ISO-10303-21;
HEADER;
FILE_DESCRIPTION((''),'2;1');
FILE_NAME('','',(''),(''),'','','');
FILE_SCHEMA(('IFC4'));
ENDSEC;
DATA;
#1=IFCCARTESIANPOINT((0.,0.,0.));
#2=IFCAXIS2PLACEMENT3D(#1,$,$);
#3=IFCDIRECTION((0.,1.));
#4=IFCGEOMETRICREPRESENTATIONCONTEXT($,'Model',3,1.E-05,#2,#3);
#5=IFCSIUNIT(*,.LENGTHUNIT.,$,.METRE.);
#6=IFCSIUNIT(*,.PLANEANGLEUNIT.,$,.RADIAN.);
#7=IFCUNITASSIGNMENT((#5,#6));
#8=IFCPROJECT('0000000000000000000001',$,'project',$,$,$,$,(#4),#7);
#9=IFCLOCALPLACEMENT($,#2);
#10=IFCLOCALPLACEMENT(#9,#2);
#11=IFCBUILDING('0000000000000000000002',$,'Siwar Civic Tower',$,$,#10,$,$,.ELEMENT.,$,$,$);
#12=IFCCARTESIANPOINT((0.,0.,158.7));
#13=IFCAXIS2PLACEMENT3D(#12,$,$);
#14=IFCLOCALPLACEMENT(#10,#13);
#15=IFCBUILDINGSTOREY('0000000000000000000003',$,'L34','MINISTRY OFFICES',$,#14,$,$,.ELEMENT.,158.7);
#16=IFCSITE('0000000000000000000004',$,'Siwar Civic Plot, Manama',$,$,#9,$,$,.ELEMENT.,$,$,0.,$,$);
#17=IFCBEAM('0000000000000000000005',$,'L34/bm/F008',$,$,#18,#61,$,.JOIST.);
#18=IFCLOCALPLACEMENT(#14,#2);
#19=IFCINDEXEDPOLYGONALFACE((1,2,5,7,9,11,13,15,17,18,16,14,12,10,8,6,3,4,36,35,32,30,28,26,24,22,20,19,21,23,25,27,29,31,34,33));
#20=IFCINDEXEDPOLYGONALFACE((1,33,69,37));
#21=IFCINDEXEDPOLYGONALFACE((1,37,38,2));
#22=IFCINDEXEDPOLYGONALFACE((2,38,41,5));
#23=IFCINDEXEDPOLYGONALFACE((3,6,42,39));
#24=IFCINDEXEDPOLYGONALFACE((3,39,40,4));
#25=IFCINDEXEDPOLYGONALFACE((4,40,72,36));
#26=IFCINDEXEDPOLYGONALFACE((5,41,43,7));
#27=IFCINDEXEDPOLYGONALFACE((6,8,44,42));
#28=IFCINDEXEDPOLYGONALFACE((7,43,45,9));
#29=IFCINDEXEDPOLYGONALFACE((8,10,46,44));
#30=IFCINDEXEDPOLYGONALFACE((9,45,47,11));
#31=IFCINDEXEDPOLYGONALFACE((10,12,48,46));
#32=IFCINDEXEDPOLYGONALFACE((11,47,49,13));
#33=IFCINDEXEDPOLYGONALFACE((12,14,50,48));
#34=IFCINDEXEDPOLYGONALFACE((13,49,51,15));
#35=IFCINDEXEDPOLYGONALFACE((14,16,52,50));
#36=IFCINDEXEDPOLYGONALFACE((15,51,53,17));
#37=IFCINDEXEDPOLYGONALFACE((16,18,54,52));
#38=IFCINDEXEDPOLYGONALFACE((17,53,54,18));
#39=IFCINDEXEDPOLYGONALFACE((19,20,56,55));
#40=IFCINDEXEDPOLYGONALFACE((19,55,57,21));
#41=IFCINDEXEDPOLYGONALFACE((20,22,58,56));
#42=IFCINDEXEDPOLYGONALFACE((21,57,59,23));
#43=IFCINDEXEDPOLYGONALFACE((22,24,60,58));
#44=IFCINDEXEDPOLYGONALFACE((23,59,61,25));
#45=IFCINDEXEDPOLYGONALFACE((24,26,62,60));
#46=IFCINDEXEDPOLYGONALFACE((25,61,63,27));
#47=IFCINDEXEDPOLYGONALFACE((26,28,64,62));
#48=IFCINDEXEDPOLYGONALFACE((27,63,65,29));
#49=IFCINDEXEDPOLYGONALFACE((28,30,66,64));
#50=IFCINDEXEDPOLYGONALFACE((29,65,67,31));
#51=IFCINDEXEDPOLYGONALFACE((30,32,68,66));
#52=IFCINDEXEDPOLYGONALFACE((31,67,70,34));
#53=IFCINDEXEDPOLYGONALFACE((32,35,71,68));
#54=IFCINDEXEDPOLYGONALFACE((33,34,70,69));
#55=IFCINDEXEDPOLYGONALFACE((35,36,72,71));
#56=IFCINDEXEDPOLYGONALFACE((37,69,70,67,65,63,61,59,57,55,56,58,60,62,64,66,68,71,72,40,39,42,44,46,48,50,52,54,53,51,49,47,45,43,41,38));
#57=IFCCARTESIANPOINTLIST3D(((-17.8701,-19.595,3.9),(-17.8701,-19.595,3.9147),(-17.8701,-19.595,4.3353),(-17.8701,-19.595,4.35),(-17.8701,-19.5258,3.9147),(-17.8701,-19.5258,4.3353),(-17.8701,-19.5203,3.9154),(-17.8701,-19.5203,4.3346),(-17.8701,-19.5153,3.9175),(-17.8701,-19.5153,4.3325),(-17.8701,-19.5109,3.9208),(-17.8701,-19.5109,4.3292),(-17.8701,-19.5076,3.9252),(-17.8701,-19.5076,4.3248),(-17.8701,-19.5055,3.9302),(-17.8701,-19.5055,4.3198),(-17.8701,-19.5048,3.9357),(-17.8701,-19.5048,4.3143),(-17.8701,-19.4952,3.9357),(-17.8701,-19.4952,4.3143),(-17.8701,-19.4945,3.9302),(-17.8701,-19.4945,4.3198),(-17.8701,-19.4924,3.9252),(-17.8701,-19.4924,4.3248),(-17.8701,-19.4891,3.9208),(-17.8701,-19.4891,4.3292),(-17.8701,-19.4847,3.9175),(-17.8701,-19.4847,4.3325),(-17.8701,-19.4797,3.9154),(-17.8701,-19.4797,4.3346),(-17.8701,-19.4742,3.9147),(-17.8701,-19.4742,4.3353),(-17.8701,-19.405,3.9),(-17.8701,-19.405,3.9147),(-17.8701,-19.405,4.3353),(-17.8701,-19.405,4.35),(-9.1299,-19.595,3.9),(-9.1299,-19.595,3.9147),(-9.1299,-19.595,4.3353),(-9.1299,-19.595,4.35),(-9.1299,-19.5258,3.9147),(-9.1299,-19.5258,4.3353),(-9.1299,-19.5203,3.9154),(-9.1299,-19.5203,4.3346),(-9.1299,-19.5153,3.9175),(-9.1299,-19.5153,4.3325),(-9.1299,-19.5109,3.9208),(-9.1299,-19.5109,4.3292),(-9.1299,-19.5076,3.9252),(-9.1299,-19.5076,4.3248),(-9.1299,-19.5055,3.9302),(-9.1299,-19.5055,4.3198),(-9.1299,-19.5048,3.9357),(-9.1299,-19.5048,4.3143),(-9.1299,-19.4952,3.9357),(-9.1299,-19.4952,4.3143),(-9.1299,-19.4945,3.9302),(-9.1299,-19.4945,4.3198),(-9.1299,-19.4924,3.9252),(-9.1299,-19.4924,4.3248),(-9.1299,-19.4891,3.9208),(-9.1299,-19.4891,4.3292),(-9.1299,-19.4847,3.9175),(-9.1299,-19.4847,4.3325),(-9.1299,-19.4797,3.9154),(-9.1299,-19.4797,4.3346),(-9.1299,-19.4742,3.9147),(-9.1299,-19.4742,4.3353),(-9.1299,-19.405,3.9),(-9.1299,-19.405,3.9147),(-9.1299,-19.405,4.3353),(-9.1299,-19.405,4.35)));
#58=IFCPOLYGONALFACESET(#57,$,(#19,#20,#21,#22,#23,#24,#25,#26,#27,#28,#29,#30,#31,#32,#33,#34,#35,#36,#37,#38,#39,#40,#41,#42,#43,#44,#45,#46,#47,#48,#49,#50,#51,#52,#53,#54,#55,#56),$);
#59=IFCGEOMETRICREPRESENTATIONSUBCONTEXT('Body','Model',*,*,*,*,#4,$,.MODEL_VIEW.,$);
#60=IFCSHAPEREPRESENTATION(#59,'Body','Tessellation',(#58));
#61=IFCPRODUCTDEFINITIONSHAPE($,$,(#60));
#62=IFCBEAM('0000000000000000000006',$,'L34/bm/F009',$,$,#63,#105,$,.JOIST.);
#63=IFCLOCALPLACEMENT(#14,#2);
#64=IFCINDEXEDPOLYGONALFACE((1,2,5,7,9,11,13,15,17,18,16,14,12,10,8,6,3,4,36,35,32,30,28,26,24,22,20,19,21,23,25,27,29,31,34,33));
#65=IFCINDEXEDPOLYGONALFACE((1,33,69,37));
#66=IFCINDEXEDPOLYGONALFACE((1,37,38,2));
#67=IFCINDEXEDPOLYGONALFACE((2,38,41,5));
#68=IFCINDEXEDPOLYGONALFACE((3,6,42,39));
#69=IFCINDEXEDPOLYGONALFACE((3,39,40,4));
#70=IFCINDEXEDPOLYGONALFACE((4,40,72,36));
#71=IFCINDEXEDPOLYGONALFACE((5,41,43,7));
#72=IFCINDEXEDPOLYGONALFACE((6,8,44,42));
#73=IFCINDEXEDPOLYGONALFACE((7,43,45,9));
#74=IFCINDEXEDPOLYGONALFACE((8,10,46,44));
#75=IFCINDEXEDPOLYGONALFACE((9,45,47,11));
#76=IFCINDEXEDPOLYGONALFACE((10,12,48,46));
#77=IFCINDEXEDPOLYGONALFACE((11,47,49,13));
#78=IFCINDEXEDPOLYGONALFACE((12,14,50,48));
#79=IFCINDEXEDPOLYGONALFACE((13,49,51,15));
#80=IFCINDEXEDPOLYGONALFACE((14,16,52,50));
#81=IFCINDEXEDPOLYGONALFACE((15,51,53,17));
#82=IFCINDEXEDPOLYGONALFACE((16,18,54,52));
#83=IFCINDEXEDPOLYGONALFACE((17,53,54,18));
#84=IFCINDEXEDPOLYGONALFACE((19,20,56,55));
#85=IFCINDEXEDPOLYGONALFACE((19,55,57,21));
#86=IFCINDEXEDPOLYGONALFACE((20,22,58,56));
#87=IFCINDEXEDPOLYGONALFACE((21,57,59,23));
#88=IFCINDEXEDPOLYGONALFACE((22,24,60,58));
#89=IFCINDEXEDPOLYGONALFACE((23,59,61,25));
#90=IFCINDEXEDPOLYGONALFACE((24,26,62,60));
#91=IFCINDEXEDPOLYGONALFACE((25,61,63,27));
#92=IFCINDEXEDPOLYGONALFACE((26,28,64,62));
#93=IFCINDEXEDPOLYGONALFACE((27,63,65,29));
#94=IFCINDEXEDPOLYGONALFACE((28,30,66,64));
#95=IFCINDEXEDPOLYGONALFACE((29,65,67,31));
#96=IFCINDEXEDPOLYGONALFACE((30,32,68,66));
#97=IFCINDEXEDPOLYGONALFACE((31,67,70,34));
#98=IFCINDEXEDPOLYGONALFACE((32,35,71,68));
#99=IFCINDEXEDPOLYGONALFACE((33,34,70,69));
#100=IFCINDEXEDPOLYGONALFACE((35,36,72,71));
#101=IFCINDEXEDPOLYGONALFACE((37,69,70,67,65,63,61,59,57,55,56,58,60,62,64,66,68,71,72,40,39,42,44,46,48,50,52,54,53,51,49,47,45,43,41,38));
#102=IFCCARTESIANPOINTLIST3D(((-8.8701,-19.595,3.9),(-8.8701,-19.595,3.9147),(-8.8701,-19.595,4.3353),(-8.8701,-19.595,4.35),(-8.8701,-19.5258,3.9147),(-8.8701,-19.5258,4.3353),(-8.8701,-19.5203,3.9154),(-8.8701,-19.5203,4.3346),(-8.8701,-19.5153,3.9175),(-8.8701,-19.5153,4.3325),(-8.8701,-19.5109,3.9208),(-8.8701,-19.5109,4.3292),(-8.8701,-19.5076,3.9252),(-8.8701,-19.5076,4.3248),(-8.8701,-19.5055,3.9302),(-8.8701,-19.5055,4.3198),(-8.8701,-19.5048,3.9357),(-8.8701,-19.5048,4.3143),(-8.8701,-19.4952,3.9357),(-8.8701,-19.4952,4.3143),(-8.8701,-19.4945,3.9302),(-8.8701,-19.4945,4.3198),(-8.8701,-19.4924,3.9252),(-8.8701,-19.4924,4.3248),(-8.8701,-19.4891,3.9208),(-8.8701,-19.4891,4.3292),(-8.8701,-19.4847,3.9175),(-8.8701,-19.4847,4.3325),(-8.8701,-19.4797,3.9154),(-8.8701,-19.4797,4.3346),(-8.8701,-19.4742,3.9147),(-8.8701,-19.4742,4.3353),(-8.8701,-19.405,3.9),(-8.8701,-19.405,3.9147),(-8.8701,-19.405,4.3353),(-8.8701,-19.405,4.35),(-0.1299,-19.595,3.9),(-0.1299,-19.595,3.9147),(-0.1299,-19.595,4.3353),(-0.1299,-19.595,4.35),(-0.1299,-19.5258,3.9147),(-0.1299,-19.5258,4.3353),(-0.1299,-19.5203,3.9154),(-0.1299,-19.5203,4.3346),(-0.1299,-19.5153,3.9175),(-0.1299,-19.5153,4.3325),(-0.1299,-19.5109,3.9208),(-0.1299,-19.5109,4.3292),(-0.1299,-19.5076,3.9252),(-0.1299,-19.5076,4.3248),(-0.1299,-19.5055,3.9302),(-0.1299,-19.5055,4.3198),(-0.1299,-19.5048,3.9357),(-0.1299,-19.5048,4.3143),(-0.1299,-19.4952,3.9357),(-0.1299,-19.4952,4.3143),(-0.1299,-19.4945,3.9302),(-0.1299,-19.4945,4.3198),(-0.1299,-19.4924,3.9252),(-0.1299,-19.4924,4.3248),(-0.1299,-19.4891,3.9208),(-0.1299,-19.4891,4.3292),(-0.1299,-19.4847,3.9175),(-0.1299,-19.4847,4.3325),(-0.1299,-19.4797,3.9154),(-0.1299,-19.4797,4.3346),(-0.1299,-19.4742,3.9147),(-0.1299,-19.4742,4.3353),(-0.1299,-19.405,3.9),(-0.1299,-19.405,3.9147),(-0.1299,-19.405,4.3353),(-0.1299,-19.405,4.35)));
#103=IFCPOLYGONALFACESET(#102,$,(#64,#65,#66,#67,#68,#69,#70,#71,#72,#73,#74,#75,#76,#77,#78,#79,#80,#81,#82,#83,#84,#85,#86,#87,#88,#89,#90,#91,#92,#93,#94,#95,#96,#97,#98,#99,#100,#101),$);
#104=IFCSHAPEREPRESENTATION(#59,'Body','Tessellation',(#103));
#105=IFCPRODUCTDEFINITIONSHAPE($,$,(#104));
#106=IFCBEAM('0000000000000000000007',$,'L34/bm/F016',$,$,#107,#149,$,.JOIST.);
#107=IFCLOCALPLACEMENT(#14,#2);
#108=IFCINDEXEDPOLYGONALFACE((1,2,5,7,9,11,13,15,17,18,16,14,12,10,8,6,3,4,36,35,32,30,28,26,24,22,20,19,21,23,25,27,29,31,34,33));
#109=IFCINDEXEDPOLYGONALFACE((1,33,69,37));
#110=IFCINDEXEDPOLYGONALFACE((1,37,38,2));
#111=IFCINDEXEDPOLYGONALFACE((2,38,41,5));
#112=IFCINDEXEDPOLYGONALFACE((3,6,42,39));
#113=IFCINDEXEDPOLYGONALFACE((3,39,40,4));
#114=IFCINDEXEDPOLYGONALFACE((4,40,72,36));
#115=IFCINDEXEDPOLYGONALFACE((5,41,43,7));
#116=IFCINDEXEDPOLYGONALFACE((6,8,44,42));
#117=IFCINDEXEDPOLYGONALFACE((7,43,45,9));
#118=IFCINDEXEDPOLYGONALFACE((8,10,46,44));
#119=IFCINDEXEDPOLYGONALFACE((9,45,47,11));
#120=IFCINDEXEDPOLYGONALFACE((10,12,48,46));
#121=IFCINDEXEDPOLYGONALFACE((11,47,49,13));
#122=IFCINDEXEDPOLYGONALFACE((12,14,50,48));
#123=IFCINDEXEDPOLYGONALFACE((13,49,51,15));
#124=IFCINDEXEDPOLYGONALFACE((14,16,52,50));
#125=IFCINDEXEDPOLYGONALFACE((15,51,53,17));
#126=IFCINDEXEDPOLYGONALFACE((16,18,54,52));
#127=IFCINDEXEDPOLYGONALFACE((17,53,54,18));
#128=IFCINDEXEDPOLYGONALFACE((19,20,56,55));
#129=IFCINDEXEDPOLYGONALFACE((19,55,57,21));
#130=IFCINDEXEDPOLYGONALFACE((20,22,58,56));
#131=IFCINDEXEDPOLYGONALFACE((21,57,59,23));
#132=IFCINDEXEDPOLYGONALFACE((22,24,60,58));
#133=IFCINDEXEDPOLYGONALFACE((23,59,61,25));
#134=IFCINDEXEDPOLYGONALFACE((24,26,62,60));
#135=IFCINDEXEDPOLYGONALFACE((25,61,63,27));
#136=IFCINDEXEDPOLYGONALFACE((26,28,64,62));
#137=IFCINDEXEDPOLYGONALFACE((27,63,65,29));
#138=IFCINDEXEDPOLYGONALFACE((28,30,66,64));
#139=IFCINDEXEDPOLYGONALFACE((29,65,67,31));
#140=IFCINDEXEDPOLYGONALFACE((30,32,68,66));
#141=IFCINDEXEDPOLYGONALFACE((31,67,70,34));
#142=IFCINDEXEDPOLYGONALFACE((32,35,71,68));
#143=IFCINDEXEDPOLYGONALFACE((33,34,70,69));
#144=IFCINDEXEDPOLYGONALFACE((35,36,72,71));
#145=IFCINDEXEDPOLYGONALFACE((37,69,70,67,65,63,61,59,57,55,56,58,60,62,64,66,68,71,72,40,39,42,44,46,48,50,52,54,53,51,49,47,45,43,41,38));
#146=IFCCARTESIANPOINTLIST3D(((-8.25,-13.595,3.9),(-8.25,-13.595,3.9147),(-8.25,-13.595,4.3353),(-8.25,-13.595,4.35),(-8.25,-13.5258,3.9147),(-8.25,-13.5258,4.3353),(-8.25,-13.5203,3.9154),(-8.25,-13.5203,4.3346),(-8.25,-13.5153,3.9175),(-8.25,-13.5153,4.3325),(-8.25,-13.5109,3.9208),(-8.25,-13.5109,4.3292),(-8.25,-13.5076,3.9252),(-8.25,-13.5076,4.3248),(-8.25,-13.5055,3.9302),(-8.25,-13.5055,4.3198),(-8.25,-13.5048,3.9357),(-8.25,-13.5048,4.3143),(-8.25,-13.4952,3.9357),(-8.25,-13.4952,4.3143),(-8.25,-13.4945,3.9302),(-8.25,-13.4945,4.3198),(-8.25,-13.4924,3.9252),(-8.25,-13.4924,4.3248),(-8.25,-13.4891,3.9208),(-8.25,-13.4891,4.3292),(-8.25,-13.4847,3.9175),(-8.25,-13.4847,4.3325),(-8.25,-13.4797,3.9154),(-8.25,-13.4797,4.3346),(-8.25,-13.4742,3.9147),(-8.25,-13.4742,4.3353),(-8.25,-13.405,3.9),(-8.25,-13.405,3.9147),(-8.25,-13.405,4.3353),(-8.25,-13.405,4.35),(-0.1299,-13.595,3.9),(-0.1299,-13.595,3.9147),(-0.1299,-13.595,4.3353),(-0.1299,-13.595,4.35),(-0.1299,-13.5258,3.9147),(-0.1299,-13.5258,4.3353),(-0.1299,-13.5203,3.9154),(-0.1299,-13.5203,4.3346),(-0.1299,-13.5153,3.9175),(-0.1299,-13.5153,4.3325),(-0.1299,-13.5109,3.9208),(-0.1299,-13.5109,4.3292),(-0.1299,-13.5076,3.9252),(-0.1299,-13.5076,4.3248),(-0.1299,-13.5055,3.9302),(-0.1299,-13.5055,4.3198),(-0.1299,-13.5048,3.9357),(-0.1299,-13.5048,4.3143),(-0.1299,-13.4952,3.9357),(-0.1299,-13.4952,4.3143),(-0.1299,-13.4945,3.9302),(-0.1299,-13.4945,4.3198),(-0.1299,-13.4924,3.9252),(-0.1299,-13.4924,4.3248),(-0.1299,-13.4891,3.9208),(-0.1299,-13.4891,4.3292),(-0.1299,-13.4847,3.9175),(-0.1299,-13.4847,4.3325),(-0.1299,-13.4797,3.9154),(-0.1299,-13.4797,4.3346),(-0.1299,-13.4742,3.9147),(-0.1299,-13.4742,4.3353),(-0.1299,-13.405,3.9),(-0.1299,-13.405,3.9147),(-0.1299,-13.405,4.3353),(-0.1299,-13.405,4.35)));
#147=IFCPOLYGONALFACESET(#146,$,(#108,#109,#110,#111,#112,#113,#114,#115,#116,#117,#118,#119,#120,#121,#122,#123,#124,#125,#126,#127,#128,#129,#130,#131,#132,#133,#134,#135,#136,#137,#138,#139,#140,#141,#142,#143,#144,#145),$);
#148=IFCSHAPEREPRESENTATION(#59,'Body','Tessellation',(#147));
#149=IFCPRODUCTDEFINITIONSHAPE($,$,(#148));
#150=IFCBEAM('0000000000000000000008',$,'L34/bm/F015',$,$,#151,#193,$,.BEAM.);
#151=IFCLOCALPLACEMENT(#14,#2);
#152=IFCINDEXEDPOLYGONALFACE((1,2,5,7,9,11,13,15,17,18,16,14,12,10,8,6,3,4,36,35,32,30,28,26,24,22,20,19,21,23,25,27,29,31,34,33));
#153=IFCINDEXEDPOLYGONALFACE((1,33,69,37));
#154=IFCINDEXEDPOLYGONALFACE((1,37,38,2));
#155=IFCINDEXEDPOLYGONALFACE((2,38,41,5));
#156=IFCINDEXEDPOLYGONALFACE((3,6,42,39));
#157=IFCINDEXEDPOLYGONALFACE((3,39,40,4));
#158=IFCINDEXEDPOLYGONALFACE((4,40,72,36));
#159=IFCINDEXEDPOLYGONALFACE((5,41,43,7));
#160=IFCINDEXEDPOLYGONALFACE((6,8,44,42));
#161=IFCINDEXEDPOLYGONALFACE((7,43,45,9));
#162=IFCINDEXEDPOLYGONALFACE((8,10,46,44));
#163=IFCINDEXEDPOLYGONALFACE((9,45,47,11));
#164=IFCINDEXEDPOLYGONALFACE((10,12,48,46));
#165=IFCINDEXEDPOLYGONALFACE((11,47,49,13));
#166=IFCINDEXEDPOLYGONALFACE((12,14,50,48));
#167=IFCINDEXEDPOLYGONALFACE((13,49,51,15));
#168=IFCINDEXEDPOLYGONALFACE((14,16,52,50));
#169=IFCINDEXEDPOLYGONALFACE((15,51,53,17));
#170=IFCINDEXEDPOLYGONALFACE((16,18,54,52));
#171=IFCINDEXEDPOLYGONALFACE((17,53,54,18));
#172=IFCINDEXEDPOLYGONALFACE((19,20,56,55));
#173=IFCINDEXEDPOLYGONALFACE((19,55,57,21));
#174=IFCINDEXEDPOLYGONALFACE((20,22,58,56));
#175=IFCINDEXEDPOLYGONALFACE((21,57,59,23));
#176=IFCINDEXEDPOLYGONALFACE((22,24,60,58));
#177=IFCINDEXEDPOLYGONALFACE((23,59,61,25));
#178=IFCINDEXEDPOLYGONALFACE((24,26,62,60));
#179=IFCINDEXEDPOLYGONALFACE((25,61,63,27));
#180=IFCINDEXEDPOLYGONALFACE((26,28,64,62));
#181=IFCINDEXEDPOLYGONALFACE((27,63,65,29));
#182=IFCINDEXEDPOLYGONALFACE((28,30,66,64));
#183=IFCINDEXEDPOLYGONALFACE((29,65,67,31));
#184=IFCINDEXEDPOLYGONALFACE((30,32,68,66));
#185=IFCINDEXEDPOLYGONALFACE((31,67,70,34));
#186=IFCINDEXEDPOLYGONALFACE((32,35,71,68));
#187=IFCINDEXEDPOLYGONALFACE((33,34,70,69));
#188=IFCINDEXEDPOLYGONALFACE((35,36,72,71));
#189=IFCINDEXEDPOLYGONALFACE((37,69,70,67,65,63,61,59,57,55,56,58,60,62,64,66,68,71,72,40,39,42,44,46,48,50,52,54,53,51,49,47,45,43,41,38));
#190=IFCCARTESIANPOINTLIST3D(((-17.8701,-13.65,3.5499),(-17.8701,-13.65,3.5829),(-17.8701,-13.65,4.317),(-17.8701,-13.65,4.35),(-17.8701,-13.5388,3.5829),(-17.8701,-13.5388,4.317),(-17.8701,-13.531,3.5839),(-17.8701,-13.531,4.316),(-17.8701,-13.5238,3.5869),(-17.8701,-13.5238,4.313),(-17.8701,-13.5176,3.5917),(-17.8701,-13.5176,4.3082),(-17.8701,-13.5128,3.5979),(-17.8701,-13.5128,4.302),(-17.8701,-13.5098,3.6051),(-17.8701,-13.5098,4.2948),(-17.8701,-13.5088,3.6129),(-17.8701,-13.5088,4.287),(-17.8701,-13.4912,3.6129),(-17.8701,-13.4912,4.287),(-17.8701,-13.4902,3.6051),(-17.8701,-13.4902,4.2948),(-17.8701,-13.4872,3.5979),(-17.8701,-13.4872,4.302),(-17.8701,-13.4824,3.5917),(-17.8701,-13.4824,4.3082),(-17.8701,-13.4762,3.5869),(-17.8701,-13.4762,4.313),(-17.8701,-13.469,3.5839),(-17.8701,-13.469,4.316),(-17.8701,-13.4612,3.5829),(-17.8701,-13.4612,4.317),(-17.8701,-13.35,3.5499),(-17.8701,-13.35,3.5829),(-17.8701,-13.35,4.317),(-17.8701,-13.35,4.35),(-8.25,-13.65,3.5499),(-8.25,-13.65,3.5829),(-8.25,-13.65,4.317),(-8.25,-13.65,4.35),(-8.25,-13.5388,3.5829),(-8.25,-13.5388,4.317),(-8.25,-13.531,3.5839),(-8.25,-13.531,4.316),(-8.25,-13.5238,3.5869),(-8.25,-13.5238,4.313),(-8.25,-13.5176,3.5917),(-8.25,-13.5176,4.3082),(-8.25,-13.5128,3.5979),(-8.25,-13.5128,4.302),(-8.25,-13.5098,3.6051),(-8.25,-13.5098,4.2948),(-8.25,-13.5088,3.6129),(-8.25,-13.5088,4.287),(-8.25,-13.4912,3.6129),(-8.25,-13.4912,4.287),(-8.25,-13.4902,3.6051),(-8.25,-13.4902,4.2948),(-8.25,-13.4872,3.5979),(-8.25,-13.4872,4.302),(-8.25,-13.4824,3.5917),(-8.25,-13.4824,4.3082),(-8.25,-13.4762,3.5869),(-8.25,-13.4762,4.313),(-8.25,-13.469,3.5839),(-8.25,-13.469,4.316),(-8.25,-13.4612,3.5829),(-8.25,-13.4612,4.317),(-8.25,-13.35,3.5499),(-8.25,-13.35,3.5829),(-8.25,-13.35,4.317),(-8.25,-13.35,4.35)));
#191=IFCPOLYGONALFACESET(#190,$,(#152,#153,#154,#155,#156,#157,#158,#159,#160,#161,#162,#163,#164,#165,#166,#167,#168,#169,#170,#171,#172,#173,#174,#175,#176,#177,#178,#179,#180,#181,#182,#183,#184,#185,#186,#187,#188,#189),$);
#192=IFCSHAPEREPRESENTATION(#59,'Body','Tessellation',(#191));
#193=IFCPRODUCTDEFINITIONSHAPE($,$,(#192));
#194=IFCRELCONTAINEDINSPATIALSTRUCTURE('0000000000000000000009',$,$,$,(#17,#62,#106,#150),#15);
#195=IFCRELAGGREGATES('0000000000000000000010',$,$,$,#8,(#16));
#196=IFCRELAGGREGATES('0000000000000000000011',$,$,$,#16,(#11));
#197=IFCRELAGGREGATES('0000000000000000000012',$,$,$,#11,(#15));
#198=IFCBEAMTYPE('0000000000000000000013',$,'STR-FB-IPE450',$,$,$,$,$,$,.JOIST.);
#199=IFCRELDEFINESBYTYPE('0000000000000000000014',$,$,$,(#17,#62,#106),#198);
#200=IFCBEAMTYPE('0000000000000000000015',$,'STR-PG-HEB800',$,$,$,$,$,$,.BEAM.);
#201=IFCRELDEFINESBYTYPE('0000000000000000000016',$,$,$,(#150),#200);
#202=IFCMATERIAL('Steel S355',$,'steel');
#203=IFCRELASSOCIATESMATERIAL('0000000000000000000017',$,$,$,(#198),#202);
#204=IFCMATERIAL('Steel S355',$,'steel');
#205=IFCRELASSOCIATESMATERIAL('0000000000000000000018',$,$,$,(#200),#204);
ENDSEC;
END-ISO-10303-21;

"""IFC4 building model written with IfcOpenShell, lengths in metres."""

from ifc_helpers import new_model, si_unit, direction, frame, origin, origin_2d, place, context, subcontext, project, spatial, i_section, extrude, material, material_profile, profile_set, type_object, element, save


model = new_model("IFC4")

# Units and contexts
model_context = context("Model", 3, precision=1e-05, world=origin(), true_north=direction((0.0, 1.0)))
body_context = subcontext(model_context, "Body", "Model", "MODEL_VIEW")
ifc_project = project(units=[si_unit("LENGTHUNIT", "METRE"), si_unit("PLANEANGLEUNIT", "RADIAN")], contexts=[model_context])

# Site, building, storey
site_placement = place(None, origin())
site = spatial("IfcSite", under=ifc_project, at=site_placement, Name="Siwar Civic Plot, Manama", CompositionType="ELEMENT", RefElevation=0.0)
building_placement = place(site_placement, origin())
building = spatial("IfcBuilding", under=site, at=building_placement, Name="Siwar Civic Tower", CompositionType="ELEMENT")
storey_placement = place(building_placement, frame((0.0, 0.0, 158.7)))
storey = spatial("IfcBuildingStorey", under=building, at=storey_placement, Name="L34", Description="MINISTRY OFFICES", CompositionType="ELEMENT", Elevation=158.7)

# Beams
ifc_material_1 = material(Name="Steel S355", Category="steel")
ifc_material_profile_1 = material_profile(ifc_material_1, i_section(OverallWidth=0.1899, OverallDepth=0.45, WebThickness=0.0095, FlangeThickness=0.0146, FilletRadius=0.021, at=origin_2d()), Name="IPE450")
ifc_profile_set_1 = profile_set([ifc_material_profile_1], Name="Steel S355")
beam_type_1 = type_object("IfcBeamType", Name="STR-FB-IPE450", PredefinedType="JOIST", material=ifc_profile_set_1)
for number, where, z_axis, x_axis, name in (
    (1, (-17.8701, -19.5, 4.125), (1.0, 0.0, 0.0), (0.0, 1.0, 0.0), "L34/bm/F008"),
    (2, (-8.8701, -19.5, 4.125), (1.0, 0.0, 0.0), (0.0, 1.0, 0.0), "L34/bm/F009"),
):
    element("IfcBeam", number, at=place(storey_placement, frame(where, z_axis=z_axis, x_axis=x_axis)), inside=storey, type_object=beam_type_1, Name=name, PredefinedType="JOIST", context=body_context, shape_type="SweptSolid", body=[
        extrude(i_section(OverallWidth=0.1899, OverallDepth=0.45, WebThickness=0.0095, FlangeThickness=0.0146, FilletRadius=0.021, at=origin_2d()), origin(), (0.0, 0.0, 1.0), 8.7402),
    ])
beam_1_placement = place(storey_placement, frame((-8.25, -13.5, 4.125), z_axis=(1.0, 0.0, 0.0), x_axis=(0.0, 1.0, 0.0)))
element("IfcBeam", 3, at=beam_1_placement, inside=storey, type_object=beam_type_1, Name="L34/bm/F016", PredefinedType="JOIST", context=body_context, shape_type="SweptSolid", body=[
    extrude(i_section(OverallWidth=0.1899, OverallDepth=0.45, WebThickness=0.0095, FlangeThickness=0.0146, FilletRadius=0.021, at=origin_2d()), origin(), (0.0, 0.0, 1.0), 8.1201),
])
ifc_material_2 = material(Name="Steel S355", Category="steel")
ifc_material_profile_2 = material_profile(ifc_material_2, i_section(OverallWidth=0.3, OverallDepth=0.8, WebThickness=0.0176, FlangeThickness=0.033, FilletRadius=0.03, at=origin_2d()), Name="HEB800")
ifc_profile_set_2 = profile_set([ifc_material_profile_2], Name="Steel S355")
beam_type_2 = type_object("IfcBeamType", Name="STR-PG-HEB800", PredefinedType="BEAM", material=ifc_profile_set_2)
beam_2_placement = place(storey_placement, frame((-17.8701, -13.5, 3.95), z_axis=(1.0, 0.0, 0.0), x_axis=(0.0, 1.0, 0.0)))
element("IfcBeam", 4, at=beam_2_placement, inside=storey, type_object=beam_type_2, Name="L34/bm/F015", PredefinedType="BEAM", context=body_context, shape_type="SweptSolid", body=[
    extrude(i_section(OverallWidth=0.3, OverallDepth=0.8, WebThickness=0.0176, FlangeThickness=0.033, FilletRadius=0.03, at=origin_2d()), origin(), (0.0, 0.0, 1.0), 9.6201),
])

save(model, "model.ifc")
